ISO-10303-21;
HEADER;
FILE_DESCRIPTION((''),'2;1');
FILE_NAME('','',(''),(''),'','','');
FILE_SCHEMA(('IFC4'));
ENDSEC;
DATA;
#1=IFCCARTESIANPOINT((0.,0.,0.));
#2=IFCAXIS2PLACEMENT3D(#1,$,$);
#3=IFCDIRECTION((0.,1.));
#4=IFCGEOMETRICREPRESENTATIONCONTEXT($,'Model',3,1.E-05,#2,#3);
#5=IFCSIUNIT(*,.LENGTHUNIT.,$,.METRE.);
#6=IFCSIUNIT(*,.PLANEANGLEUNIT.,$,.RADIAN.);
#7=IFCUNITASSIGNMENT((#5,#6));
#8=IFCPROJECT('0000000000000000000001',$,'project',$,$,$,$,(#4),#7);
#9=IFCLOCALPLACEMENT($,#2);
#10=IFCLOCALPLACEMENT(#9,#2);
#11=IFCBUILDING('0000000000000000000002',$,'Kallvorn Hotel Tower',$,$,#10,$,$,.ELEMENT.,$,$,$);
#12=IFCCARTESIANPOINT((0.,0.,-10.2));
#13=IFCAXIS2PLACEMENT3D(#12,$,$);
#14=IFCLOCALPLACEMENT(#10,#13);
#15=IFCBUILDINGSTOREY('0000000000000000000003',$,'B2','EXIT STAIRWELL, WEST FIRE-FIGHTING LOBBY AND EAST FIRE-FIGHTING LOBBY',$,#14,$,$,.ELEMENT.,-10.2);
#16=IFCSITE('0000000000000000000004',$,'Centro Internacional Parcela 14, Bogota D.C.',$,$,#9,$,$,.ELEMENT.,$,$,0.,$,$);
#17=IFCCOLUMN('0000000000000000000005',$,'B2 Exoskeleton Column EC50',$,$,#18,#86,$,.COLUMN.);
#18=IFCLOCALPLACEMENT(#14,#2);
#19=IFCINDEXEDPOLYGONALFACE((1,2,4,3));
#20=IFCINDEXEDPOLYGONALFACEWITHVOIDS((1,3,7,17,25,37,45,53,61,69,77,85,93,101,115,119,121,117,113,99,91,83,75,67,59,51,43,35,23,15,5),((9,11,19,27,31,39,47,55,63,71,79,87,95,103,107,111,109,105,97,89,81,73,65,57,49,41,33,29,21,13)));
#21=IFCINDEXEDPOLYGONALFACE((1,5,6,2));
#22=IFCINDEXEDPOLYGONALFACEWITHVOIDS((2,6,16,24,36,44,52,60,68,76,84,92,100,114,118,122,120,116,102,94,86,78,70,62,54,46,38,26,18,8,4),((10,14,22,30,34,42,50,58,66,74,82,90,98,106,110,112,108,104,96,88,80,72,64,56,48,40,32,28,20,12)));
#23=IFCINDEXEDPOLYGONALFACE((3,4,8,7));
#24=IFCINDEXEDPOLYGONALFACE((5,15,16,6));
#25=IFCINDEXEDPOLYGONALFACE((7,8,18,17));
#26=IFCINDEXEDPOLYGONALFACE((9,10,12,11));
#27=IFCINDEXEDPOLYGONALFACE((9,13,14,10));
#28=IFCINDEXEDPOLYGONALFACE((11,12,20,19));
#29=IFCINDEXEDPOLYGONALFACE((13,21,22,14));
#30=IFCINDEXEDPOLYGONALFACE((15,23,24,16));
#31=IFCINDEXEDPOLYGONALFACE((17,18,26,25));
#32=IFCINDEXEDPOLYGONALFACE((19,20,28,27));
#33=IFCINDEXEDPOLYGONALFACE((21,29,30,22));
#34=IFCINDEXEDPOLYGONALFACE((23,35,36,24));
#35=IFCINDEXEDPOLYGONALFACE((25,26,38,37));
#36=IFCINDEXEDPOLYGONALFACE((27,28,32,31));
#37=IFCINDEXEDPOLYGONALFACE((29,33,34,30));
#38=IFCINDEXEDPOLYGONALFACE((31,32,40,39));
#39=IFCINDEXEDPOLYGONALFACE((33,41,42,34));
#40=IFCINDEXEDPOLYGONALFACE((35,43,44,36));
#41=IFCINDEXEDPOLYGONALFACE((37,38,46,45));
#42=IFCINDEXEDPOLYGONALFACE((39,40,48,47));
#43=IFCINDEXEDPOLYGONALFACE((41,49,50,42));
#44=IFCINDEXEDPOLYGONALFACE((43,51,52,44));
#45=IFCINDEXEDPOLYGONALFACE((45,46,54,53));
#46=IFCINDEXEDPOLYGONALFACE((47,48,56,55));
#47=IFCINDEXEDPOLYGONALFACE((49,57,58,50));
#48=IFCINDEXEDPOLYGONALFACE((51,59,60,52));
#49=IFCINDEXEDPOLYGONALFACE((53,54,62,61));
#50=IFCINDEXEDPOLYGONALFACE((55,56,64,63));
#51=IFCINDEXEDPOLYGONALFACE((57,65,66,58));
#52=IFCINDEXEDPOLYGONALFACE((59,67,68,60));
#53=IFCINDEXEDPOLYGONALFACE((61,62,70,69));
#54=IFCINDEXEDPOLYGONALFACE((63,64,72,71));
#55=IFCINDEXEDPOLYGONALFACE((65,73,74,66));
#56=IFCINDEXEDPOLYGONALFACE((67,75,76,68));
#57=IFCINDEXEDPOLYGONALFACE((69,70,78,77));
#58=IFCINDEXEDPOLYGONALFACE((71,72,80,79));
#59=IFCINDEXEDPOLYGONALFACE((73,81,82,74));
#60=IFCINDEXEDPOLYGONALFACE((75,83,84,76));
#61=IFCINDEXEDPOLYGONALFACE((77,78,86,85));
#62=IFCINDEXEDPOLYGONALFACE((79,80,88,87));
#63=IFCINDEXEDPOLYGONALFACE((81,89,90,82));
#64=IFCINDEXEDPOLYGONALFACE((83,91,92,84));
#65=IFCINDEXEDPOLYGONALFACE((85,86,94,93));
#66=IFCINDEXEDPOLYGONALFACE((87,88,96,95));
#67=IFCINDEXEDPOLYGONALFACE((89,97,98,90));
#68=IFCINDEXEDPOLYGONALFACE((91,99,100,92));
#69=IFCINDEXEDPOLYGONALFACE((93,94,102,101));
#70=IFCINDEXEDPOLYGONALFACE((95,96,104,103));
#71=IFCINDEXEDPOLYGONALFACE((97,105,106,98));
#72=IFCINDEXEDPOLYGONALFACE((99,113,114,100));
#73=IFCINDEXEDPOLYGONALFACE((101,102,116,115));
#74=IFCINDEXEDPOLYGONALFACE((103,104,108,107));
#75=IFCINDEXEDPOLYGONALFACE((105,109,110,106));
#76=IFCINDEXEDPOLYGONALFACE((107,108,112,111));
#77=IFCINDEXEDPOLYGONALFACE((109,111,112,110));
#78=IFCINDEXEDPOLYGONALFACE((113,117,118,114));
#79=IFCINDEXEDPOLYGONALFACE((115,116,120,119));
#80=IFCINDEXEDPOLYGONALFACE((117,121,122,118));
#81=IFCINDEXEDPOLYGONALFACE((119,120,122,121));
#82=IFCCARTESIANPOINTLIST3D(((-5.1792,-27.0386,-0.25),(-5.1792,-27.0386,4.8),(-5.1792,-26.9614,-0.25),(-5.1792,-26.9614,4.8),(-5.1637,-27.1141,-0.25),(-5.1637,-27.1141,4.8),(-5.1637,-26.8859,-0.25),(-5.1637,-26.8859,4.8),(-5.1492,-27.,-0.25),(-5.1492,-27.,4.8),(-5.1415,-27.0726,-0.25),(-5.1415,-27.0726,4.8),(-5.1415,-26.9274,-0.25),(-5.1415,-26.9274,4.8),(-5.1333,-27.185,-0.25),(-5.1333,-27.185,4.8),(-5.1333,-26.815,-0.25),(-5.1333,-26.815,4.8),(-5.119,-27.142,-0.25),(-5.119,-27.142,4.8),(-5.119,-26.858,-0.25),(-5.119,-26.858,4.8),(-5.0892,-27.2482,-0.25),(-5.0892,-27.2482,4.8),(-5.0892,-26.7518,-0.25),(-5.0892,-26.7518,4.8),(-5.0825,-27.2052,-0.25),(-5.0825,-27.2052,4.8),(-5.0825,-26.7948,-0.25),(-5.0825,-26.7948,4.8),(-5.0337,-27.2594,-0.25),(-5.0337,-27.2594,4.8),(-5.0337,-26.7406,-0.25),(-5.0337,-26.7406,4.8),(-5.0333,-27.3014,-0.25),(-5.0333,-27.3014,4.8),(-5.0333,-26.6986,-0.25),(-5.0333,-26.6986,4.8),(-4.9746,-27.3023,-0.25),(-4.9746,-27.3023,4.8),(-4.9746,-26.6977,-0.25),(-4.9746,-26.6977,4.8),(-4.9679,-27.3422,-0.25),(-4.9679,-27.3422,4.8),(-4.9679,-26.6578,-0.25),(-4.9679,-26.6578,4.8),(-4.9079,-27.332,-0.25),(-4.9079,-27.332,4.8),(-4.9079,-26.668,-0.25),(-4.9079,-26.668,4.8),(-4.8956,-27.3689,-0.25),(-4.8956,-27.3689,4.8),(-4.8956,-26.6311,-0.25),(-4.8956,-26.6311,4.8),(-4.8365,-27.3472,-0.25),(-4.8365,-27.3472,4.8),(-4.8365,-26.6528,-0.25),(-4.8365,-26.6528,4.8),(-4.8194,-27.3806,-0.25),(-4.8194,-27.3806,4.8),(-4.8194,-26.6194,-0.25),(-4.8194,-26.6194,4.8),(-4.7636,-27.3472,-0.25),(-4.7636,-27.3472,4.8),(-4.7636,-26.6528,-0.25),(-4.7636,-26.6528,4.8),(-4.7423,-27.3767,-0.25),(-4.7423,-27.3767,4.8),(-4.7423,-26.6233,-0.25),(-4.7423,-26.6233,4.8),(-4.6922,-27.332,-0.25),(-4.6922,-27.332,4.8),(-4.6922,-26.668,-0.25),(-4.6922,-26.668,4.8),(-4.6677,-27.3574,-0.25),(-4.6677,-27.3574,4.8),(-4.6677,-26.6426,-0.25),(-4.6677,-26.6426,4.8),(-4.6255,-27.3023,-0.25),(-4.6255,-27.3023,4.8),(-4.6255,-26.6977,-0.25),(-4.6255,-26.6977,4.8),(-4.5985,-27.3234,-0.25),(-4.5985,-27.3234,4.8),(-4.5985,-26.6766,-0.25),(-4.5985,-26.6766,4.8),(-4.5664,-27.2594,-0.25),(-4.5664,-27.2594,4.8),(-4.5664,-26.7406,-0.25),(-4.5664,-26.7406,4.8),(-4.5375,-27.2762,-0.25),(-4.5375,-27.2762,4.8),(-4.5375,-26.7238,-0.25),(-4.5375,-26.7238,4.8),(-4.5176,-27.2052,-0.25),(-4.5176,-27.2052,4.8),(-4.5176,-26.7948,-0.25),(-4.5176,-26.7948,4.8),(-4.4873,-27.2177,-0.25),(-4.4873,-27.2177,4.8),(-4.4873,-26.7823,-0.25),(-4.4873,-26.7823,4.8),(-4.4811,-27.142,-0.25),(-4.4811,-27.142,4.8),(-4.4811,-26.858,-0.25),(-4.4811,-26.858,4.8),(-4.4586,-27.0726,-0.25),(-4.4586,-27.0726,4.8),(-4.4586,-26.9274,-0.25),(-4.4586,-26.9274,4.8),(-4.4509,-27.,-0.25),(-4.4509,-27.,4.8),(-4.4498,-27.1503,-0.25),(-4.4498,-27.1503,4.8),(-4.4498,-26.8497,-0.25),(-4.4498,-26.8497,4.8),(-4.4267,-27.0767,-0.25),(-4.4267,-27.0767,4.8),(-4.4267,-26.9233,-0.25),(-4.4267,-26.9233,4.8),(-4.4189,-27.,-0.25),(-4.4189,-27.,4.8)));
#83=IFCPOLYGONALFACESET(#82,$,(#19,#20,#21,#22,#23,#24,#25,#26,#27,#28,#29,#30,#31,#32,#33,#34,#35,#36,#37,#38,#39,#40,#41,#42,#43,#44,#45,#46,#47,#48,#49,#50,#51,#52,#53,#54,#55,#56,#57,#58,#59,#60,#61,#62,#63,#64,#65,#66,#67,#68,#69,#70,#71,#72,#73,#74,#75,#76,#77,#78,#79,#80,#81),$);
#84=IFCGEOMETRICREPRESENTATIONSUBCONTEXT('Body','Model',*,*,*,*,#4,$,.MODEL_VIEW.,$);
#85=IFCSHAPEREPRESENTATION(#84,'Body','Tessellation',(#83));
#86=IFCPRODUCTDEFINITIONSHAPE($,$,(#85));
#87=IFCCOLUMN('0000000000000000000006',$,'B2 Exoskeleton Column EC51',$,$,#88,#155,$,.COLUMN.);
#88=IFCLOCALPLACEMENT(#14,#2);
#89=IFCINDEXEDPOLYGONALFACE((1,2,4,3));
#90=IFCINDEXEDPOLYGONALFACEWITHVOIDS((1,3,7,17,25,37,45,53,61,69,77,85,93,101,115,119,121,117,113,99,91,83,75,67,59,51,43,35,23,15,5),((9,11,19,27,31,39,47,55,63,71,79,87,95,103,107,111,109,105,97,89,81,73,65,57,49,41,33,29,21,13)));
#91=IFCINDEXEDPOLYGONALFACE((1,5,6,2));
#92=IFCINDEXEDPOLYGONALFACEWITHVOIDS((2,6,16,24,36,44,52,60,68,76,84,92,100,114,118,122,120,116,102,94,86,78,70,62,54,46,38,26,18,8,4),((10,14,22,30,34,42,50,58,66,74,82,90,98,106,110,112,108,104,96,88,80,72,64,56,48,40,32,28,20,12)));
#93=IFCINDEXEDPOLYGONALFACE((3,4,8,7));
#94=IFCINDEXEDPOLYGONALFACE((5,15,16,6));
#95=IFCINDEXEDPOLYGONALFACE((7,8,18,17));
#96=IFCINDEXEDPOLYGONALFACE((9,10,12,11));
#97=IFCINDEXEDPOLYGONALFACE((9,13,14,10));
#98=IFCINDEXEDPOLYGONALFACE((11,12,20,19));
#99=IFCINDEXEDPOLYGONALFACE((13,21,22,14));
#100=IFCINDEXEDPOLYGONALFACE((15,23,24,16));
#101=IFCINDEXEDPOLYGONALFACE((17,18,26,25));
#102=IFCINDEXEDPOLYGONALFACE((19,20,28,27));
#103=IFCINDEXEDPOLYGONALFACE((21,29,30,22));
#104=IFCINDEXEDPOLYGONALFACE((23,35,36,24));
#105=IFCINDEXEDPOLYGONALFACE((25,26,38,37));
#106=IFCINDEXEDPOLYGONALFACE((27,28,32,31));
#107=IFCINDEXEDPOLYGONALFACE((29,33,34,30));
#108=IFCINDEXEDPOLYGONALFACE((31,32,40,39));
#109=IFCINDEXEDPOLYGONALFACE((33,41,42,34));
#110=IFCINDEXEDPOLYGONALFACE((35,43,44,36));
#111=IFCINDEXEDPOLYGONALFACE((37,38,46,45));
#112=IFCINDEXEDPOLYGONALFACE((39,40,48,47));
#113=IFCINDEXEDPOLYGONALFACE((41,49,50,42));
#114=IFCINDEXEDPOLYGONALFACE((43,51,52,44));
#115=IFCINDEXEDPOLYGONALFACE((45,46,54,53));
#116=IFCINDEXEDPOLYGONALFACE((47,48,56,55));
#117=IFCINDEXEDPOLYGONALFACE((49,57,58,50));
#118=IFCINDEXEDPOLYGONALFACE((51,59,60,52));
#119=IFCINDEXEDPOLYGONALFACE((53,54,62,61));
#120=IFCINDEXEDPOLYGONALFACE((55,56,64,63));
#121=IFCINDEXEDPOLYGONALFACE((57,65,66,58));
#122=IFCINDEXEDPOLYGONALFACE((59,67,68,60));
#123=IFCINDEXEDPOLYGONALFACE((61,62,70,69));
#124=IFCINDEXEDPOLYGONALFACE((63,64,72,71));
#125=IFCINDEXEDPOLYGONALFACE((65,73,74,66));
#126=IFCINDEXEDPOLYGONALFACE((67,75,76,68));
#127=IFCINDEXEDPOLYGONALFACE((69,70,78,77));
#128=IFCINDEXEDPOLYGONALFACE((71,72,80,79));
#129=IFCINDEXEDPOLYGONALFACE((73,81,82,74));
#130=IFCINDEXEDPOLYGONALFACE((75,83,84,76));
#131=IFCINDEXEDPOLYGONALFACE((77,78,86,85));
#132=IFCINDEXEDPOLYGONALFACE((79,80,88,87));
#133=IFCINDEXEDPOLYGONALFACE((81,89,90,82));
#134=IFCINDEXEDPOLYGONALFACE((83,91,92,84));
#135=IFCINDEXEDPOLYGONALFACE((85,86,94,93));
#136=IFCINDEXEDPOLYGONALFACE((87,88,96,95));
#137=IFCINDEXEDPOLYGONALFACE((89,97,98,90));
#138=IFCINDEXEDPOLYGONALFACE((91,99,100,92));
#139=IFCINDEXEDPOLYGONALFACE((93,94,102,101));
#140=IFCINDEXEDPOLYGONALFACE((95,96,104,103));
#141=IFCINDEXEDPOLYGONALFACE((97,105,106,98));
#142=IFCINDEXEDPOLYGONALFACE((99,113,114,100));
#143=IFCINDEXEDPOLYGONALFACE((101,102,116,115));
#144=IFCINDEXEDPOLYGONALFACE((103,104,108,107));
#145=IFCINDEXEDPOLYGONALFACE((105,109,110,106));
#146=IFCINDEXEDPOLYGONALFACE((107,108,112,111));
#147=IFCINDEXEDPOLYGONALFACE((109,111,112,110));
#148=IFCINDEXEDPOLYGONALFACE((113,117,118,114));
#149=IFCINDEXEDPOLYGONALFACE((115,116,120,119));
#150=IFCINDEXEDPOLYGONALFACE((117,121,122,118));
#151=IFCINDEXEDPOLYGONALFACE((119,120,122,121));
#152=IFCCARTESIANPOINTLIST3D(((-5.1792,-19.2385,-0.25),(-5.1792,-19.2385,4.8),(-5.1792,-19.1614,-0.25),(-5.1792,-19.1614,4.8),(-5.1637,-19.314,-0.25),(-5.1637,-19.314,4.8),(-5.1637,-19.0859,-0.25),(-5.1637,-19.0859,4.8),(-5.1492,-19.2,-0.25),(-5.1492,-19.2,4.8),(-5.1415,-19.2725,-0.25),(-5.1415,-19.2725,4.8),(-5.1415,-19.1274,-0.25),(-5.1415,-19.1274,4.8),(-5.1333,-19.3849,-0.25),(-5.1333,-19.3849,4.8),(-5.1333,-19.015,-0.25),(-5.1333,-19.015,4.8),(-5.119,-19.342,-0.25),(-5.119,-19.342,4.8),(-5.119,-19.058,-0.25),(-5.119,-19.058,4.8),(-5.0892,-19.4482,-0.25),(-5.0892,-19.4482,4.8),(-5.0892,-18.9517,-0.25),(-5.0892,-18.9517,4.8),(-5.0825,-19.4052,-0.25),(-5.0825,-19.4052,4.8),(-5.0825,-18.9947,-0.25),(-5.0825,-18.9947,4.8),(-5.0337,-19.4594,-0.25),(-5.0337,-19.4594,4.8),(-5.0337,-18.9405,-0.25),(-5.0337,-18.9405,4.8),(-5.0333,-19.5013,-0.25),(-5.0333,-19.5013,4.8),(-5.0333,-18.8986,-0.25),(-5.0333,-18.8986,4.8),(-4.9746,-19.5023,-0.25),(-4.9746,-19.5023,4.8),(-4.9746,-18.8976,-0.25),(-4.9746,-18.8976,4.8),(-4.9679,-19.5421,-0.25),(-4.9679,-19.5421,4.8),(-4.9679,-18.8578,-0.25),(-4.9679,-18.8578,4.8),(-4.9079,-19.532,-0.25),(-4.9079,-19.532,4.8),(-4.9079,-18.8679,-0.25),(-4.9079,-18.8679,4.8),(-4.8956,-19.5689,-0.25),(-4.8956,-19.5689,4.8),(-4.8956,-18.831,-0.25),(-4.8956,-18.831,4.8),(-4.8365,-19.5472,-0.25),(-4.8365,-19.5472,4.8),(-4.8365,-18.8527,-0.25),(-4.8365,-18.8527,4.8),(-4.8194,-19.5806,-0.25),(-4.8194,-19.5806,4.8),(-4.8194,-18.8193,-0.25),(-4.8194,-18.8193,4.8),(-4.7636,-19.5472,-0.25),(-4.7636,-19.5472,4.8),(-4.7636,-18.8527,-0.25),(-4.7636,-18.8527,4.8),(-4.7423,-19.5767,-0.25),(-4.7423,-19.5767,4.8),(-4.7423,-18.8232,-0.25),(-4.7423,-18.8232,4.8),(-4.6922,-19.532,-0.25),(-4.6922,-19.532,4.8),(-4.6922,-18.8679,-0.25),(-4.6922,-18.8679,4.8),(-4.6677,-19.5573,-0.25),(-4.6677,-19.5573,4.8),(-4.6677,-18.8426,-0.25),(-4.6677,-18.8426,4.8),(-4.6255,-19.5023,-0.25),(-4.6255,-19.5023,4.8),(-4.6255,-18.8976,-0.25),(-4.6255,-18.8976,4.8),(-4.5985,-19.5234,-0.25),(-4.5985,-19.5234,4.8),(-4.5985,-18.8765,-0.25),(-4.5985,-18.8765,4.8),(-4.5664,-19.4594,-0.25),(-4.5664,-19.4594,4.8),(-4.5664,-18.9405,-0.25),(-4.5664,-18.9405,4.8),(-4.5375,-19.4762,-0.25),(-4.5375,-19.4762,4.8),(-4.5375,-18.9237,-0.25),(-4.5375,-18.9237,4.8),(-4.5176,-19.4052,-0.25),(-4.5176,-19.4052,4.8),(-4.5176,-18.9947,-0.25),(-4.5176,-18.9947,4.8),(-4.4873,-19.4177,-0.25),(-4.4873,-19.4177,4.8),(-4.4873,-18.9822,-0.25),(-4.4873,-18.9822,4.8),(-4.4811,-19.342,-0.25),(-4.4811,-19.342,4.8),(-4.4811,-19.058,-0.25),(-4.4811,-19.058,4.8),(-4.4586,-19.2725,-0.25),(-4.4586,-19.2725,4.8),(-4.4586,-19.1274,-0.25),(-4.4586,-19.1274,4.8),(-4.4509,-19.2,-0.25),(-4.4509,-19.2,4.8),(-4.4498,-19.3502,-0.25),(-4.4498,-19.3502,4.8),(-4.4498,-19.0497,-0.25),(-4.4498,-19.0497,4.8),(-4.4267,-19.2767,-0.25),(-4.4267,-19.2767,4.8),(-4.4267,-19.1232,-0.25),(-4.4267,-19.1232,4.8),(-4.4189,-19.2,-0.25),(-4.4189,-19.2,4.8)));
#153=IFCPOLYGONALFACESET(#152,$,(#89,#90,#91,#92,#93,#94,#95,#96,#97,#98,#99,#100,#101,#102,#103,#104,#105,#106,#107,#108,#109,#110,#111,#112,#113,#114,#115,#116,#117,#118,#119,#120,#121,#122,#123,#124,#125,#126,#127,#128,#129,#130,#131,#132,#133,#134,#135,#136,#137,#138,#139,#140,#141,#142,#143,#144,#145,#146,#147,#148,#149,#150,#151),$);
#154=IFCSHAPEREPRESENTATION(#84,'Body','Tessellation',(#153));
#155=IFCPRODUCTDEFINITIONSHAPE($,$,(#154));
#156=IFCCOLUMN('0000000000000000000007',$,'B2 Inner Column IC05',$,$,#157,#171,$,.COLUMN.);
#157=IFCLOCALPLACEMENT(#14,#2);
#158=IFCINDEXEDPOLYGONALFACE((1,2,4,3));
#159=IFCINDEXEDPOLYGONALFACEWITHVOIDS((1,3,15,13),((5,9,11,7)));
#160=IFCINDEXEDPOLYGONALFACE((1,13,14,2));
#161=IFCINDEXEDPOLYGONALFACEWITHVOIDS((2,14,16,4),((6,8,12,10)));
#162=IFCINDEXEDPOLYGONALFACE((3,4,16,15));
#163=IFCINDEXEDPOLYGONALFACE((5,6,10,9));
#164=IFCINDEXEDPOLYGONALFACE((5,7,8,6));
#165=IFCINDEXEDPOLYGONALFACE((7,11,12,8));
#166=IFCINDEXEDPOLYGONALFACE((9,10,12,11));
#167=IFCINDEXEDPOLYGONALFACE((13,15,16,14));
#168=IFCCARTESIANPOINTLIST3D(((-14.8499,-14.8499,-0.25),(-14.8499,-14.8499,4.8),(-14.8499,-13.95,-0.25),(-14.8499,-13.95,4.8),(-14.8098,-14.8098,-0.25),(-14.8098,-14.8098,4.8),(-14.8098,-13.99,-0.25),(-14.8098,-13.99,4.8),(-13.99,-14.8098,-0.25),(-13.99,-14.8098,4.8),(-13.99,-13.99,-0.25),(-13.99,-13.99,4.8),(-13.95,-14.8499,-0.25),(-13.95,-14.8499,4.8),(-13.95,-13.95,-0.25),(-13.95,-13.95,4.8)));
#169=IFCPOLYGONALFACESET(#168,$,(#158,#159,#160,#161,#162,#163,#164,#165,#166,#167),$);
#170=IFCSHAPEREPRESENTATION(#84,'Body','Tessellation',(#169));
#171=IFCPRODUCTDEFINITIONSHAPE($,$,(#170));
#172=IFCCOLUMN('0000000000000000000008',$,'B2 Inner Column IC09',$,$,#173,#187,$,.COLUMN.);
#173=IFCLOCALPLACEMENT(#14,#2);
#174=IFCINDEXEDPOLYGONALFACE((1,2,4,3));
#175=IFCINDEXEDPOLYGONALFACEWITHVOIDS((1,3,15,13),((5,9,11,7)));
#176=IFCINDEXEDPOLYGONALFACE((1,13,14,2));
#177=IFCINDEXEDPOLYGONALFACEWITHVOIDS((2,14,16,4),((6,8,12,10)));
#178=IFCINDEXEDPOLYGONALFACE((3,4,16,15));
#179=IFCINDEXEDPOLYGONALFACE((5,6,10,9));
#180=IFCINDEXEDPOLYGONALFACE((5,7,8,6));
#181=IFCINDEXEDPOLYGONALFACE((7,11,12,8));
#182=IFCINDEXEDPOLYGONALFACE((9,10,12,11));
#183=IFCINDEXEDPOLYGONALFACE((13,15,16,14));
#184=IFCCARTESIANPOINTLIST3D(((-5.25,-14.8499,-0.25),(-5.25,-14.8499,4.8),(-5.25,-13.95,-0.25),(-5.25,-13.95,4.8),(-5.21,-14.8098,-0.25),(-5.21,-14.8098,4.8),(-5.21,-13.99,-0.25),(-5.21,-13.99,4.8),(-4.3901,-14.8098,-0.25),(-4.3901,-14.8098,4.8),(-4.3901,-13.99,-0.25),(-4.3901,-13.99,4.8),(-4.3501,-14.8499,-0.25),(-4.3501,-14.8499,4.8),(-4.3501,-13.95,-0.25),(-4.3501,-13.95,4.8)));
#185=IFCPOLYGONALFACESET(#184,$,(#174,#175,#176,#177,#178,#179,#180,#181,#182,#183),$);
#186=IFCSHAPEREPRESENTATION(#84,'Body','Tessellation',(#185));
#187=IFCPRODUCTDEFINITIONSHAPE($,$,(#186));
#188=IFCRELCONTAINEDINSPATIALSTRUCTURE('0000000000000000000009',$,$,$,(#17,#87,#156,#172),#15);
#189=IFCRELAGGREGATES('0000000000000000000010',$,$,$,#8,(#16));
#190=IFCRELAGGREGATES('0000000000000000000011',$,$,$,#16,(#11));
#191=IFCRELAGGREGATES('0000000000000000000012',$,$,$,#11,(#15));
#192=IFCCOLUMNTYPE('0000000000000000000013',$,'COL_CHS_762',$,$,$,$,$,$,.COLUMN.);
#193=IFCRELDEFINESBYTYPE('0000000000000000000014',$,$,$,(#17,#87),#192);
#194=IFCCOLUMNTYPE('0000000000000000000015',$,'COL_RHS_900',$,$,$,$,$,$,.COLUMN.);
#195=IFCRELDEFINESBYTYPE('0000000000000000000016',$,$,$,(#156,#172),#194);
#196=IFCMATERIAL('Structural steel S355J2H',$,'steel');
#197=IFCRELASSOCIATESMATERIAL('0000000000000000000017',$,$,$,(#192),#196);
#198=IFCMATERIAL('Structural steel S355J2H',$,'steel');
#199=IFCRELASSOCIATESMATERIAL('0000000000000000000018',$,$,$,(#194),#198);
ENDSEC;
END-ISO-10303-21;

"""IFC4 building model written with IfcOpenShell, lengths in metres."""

from ifc_helpers import new_model, si_unit, direction, frame, origin, origin_2d, place, context, subcontext, project, spatial, hollow_rectangle, hollow_circle, extrude, material, material_profile, profile_set, type_object, element, save


model = new_model("IFC4")

# Units and contexts
model_context = context("Model", 3, precision=1e-05, world=origin(), true_north=direction((0.0, 1.0)))
body_context = subcontext(model_context, "Body", "Model", "MODEL_VIEW")
ifc_project = project(units=[si_unit("LENGTHUNIT", "METRE"), si_unit("PLANEANGLEUNIT", "RADIAN")], contexts=[model_context])

# Site, building, storey
site_placement = place(None, origin())
site = spatial("IfcSite", under=ifc_project, at=site_placement, Name="Centro Internacional Parcela 14, Bogota D.C.", CompositionType="ELEMENT", RefElevation=0.0)
building_placement = place(site_placement, origin())
building = spatial("IfcBuilding", under=site, at=building_placement, Name="Kallvorn Hotel Tower", CompositionType="ELEMENT")
storey_placement = place(building_placement, frame((0.0, 0.0, -10.2)))
storey = spatial("IfcBuildingStorey", under=building, at=storey_placement, Name="B2", Description="EXIT STAIRWELL, WEST FIRE-FIGHTING LOBBY AND EAST FIRE-FIGHTING LOBBY", CompositionType="ELEMENT", Elevation=-10.2)

# Columns
ifc_material_1 = material(Name="Structural steel S355J2H", Category="steel")
ifc_material_profile_1 = material_profile(ifc_material_1, hollow_circle(Radius=0.3811, WallThickness=0.032, at=origin_2d()), Name="CHS 762x32")
ifc_profile_set_1 = profile_set([ifc_material_profile_1], Name="Structural steel S355J2H")
column_type_1 = type_object("IfcColumnType", Name="COL_CHS_762", PredefinedType="COLUMN", material=ifc_profile_set_1)
for number, where, z_axis, x_axis, name in (
    (1, (-4.8, -27.0, -0.25), (0.0, 0.0, 1.0), (1.0, 0.0, 0.0), "B2 Exoskeleton Column EC50"),
    (2, (-4.8, -19.2, -0.25), (0.0, 0.0, 1.0), (1.0, 0.0, 0.0), "B2 Exoskeleton Column EC51"),
):
    element("IfcColumn", number, at=place(storey_placement, frame(where, z_axis=z_axis, x_axis=x_axis)), inside=storey, type_object=column_type_1, Name=name, PredefinedType="COLUMN", context=body_context, shape_type="SweptSolid", body=[
        extrude(hollow_circle(Radius=0.3811, WallThickness=0.032, at=origin_2d()), origin(), (0.0, 0.0, 1.0), 5.05),
    ])
ifc_material_2 = material(Name="Structural steel S355J2H", Category="steel")
ifc_material_profile_2 = material_profile(ifc_material_2, hollow_rectangle(XDim=0.8999, YDim=0.8999, WallThickness=0.04, at=origin_2d()), Name="RHS 900x900x40")
ifc_profile_set_2 = profile_set([ifc_material_profile_2], Name="Structural steel S355J2H")
column_type_2 = type_object("IfcColumnType", Name="COL_RHS_900", PredefinedType="COLUMN", material=ifc_profile_set_2)
for number, where, z_axis, x_axis, name in (
    (3, (-14.3999, -14.3999, -0.25), (0.0, 0.0, 1.0), (1.0, 0.0, 0.0), "B2 Inner Column IC05"),
    (4, (-4.8, -14.3999, -0.25), (0.0, 0.0, 1.0), (1.0, 0.0, 0.0), "B2 Inner Column IC09"),
):
    element("IfcColumn", number, at=place(storey_placement, frame(where, z_axis=z_axis, x_axis=x_axis)), inside=storey, type_object=column_type_2, Name=name, PredefinedType="COLUMN", context=body_context, shape_type="SweptSolid", body=[
        extrude(hollow_rectangle(XDim=0.8999, YDim=0.8999, WallThickness=0.04, at=origin_2d()), origin(), (0.0, 0.0, 1.0), 5.05),
    ])

save(model, "model.ifc")
